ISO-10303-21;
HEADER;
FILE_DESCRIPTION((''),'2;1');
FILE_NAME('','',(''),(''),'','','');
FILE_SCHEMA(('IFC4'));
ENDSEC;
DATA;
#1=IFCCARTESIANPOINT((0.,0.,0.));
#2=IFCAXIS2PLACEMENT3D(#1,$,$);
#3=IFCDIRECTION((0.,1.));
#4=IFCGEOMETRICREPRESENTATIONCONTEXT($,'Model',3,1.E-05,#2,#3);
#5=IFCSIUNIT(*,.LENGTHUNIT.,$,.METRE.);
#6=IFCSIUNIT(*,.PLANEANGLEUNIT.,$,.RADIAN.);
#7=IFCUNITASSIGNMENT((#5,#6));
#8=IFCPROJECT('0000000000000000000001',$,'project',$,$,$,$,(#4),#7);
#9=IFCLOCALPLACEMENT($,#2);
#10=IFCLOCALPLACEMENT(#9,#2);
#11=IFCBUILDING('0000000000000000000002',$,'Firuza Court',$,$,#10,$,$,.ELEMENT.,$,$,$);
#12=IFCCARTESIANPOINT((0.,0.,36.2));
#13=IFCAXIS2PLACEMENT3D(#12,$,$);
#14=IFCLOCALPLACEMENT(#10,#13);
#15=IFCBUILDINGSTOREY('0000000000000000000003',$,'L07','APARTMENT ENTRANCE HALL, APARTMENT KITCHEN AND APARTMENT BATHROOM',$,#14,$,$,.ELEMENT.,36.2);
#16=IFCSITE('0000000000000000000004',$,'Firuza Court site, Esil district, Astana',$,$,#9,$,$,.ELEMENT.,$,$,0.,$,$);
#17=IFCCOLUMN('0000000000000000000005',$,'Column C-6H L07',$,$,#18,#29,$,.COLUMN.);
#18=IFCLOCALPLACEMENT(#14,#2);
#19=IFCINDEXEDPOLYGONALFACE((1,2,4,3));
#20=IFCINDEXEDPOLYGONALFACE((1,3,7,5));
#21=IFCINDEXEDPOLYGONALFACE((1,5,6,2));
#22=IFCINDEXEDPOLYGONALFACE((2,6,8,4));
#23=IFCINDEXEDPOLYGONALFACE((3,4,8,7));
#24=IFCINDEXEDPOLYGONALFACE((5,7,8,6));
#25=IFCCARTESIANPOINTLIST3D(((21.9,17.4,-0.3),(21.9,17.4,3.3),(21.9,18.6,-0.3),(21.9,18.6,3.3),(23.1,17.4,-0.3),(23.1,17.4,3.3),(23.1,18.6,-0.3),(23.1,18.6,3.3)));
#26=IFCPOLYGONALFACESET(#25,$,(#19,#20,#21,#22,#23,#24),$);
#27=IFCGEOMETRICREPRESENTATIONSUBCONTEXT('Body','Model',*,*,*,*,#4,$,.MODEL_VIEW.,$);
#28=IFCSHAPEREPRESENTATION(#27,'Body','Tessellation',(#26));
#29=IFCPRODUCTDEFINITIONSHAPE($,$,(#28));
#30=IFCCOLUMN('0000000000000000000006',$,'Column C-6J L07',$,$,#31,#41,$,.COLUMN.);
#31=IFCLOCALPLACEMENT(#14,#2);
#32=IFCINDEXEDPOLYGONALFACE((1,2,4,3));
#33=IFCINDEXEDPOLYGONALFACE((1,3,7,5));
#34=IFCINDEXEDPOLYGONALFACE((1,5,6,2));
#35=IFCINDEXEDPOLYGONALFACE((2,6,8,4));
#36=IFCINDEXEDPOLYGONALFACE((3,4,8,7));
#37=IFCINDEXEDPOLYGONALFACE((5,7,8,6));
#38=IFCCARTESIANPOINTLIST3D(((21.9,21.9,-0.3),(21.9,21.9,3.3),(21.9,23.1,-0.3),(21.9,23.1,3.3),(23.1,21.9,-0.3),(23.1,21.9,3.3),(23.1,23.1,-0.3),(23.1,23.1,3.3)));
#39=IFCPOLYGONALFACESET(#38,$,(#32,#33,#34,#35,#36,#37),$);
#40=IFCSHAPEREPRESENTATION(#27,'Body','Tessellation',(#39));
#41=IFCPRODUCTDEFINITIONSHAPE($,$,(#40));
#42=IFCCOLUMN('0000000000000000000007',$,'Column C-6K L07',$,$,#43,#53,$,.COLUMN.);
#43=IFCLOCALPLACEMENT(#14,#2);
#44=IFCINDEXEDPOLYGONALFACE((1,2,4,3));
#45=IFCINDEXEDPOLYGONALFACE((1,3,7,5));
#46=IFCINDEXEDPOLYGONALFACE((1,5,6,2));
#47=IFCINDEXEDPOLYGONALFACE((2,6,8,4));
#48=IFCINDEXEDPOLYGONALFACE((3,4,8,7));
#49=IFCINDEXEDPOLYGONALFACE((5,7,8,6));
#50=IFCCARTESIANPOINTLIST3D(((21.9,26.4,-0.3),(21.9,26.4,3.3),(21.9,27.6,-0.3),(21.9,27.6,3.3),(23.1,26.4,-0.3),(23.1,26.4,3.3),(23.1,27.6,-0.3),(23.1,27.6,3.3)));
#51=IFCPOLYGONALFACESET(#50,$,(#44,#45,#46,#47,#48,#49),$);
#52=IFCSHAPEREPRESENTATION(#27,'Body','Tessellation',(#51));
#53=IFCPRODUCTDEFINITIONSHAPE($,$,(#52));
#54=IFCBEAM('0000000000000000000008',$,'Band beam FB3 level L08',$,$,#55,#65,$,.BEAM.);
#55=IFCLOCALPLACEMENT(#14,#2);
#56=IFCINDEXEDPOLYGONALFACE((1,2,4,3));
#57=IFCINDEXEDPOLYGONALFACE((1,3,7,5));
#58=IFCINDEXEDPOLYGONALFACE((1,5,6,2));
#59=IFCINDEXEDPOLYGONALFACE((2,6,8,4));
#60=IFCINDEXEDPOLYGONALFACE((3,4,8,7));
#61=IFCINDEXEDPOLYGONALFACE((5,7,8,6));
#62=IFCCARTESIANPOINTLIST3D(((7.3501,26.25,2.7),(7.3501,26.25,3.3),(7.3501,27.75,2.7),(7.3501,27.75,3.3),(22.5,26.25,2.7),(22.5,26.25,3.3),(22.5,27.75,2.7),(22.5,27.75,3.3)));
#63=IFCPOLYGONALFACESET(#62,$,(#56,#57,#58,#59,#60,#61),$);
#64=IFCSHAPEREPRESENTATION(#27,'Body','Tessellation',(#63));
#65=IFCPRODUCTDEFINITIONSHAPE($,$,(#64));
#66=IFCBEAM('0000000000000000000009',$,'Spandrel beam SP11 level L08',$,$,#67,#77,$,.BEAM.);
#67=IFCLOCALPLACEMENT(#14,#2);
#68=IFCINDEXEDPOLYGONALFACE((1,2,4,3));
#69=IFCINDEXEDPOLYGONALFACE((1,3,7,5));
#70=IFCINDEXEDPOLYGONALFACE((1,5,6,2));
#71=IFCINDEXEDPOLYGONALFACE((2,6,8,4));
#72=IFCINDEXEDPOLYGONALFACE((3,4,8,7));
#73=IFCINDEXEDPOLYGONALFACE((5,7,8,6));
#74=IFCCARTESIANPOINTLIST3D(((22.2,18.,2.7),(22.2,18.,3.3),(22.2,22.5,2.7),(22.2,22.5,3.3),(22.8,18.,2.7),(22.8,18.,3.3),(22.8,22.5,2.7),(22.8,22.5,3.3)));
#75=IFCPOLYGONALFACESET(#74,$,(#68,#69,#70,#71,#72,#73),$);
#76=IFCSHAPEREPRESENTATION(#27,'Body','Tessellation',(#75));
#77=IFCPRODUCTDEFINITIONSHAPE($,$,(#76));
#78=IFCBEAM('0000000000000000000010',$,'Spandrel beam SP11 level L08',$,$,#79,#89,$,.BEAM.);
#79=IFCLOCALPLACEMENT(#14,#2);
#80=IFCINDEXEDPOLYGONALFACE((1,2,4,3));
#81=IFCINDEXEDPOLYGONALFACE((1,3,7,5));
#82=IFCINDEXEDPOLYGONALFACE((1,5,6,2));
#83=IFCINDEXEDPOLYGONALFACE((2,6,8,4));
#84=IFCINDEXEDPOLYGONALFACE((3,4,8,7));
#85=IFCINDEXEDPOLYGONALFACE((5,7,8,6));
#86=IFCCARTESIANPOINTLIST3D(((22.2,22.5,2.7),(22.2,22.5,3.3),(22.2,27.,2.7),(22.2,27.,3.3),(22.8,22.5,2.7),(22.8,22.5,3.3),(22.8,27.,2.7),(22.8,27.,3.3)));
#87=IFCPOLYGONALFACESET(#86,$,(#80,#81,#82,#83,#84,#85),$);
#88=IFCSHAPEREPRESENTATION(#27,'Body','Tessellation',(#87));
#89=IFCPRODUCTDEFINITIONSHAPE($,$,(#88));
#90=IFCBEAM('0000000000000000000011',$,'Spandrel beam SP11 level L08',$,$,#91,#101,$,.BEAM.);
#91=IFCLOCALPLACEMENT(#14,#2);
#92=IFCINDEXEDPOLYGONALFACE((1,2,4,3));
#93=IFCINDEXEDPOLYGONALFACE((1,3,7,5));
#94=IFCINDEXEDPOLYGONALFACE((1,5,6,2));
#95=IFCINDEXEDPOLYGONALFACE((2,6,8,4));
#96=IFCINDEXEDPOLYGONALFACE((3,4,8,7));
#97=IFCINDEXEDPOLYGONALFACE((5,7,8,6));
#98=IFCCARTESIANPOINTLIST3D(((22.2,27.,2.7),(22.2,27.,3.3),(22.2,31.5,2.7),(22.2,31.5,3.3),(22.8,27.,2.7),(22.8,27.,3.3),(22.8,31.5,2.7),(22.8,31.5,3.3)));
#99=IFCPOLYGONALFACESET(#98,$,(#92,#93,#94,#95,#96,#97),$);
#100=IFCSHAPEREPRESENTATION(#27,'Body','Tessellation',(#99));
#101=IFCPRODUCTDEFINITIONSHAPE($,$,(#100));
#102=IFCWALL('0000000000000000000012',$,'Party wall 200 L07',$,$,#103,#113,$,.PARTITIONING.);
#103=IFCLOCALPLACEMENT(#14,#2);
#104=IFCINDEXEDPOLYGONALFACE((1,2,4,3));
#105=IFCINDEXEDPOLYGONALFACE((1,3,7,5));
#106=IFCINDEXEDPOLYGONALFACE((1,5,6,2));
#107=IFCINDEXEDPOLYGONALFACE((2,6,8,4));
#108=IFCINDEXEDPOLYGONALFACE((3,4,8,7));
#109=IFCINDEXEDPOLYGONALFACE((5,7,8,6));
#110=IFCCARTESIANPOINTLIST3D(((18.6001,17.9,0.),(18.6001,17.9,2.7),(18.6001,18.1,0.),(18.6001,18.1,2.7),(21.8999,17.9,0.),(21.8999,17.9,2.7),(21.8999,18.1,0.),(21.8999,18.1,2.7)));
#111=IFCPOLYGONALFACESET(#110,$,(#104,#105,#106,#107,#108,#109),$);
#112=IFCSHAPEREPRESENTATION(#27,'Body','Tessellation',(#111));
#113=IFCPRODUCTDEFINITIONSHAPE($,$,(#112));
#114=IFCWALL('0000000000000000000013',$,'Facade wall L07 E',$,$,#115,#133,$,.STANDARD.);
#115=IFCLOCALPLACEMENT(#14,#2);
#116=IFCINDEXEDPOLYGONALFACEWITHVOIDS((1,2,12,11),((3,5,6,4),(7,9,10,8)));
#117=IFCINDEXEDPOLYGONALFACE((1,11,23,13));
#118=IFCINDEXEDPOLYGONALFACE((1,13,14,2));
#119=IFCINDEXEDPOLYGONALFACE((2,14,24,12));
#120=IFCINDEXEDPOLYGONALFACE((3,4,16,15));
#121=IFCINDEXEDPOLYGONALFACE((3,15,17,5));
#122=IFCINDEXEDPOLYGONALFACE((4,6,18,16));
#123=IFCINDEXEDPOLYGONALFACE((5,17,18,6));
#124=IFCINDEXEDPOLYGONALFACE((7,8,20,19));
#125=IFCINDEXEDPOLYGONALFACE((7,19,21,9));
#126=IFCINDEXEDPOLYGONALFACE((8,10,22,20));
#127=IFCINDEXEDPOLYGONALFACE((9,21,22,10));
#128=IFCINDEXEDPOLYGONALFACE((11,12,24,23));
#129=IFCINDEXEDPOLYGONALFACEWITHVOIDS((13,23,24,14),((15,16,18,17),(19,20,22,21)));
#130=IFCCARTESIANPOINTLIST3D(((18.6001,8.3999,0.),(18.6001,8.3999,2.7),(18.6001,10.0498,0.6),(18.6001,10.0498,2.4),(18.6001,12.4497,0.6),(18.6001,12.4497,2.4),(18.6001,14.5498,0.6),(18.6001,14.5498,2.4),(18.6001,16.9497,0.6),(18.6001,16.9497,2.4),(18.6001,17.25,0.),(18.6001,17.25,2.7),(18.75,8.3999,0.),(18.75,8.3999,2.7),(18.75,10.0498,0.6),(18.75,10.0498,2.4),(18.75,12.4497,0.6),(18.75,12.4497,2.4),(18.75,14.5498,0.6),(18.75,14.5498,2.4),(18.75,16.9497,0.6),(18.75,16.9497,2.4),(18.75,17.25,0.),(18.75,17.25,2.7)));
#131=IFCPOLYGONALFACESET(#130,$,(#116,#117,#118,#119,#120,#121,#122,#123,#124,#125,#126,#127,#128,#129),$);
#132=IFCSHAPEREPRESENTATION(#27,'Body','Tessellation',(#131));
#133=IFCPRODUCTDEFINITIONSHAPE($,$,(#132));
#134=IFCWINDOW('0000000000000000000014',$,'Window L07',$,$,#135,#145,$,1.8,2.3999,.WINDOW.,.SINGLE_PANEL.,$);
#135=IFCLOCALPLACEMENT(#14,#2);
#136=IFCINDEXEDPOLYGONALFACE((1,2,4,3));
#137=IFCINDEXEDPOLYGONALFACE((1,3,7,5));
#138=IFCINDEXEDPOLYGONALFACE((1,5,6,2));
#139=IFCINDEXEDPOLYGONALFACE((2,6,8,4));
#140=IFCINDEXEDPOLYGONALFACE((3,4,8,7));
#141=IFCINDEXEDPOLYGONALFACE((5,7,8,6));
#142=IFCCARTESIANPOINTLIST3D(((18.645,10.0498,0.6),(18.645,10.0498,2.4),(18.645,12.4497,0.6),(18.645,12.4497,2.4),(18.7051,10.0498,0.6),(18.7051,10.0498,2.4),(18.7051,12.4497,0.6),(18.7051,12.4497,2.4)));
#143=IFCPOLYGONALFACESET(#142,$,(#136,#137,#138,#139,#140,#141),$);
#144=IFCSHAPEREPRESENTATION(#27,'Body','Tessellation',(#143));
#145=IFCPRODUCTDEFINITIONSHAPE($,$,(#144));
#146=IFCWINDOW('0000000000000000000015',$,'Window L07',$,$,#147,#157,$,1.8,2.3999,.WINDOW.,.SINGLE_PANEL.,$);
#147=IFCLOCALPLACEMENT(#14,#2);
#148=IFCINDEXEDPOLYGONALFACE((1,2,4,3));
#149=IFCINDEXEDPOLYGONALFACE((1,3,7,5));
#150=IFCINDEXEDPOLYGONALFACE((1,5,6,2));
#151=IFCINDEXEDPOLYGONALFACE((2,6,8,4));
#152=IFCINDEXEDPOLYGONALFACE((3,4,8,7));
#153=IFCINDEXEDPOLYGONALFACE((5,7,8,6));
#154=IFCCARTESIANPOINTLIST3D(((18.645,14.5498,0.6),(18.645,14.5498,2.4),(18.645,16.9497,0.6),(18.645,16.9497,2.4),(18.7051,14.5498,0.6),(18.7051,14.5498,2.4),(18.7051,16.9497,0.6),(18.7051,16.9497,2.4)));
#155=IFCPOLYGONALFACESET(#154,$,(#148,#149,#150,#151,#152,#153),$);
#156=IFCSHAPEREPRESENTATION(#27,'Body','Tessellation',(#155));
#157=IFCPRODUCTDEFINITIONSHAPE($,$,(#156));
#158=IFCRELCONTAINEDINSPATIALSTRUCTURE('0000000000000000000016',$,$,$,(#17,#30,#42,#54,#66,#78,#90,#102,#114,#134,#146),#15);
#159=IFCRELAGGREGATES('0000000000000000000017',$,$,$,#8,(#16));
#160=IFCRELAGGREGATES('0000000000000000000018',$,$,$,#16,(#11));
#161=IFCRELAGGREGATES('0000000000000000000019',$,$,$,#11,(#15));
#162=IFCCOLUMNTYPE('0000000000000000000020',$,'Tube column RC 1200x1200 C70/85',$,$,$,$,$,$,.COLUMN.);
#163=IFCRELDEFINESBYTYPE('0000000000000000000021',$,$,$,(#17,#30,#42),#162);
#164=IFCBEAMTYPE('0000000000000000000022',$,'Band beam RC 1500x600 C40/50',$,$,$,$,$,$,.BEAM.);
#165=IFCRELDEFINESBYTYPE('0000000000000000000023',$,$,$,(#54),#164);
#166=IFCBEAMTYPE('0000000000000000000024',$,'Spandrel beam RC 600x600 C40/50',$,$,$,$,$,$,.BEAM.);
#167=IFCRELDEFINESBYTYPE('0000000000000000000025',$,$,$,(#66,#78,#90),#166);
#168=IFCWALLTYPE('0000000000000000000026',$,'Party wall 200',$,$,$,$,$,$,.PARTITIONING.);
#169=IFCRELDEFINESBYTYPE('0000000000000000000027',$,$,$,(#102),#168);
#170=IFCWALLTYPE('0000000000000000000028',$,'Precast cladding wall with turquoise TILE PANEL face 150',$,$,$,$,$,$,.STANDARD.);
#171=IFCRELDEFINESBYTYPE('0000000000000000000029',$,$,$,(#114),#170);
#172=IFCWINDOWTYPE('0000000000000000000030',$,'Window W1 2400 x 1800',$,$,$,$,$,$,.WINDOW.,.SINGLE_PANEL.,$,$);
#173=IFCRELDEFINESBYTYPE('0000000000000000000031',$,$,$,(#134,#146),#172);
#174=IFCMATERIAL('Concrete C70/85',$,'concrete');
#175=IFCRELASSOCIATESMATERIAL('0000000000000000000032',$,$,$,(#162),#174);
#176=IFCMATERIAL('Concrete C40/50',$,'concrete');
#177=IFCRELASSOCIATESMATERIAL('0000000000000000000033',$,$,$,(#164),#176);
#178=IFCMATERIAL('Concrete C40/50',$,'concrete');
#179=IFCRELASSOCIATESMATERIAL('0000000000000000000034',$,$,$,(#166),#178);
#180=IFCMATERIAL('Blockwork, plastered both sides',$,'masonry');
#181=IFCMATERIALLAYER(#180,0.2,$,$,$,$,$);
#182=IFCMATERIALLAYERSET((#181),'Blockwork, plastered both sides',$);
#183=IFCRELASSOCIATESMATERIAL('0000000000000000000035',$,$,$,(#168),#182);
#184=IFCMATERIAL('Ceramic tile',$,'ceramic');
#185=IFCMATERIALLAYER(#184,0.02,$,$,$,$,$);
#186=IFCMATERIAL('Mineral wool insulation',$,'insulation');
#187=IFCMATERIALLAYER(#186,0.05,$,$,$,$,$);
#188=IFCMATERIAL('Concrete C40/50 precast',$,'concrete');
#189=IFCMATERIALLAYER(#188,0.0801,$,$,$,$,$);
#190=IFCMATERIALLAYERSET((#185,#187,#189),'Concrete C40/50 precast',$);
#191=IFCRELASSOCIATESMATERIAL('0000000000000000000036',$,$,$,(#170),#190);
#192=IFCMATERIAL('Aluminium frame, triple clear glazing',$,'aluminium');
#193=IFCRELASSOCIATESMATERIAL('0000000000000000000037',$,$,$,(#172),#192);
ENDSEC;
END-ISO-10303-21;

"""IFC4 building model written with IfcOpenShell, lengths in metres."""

from ifc_helpers import new_model, si_unit, direction, frame, frame_2d, origin, origin_2d, place, context, subcontext, project, spatial, rectangle, extrude, material, layer, layer_set, material_profile, profile_set, type_object, element, fill, save


model = new_model("IFC4")

# Units and contexts
model_context = context("Model", 3, precision=1e-05, world=origin(), true_north=direction((0.0, 1.0)))
body_context = subcontext(model_context, "Body", "Model", "MODEL_VIEW")
ifc_project = project(units=[si_unit("LENGTHUNIT", "METRE"), si_unit("PLANEANGLEUNIT", "RADIAN")], contexts=[model_context])

# Site, building, storey
site_placement = place(None, origin())
site = spatial("IfcSite", under=ifc_project, at=site_placement, Name="Firuza Court site, Esil district, Astana", CompositionType="ELEMENT", RefElevation=0.0)
building_placement = place(site_placement, origin())
building = spatial("IfcBuilding", under=site, at=building_placement, Name="Firuza Court", CompositionType="ELEMENT")
storey_placement = place(building_placement, frame((0.0, 0.0, 36.2)))
storey = spatial("IfcBuildingStorey", under=building, at=storey_placement, Name="L07", Description="APARTMENT ENTRANCE HALL, APARTMENT KITCHEN AND APARTMENT BATHROOM", CompositionType="ELEMENT", Elevation=36.2)

# Columns
ifc_material_1 = material(Name="Concrete C70/85", Category="concrete")
ifc_material_profile_1 = material_profile(ifc_material_1, rectangle(XDim=1.2, YDim=1.2, at=origin_2d()), Name="RC 1200x1200")
ifc_profile_set_1 = profile_set([ifc_material_profile_1], Name="Concrete C70/85")
column_type = type_object("IfcColumnType", Name="Tube column RC 1200x1200 C70/85", PredefinedType="COLUMN", material=ifc_profile_set_1)
for number, where, z_axis, x_axis, name in (
    (1, (22.5, 18.0, -0.3), (0.0, 0.0, 1.0), (1.0, 0.0, 0.0), "Column C-6H L07"),
    (2, (22.5, 22.5, -0.3), (0.0, 0.0, 1.0), (1.0, 0.0, 0.0), "Column C-6J L07"),
    (3, (22.5, 27.0, -0.3), (0.0, 0.0, 1.0), (1.0, 0.0, 0.0), "Column C-6K L07"),
):
    element("IfcColumn", number, at=place(storey_placement, frame(where, z_axis=z_axis, x_axis=x_axis)), inside=storey, type_object=column_type, Name=name, PredefinedType="COLUMN", context=body_context, shape_type="SweptSolid", body=[
        extrude(rectangle(XDim=1.2, YDim=1.2, at=origin_2d()), origin(), (0.0, 0.0, 1.0), 3.6001),
    ])

# Beams
ifc_material_2 = material(Name="Concrete C40/50", Category="concrete")
ifc_material_profile_2 = material_profile(ifc_material_2, rectangle(XDim=1.5, YDim=0.6001, at=origin_2d()), Name="RC 1500x600")
ifc_profile_set_2 = profile_set([ifc_material_profile_2], Name="Concrete C40/50")
beam_type_1 = type_object("IfcBeamType", Name="Band beam RC 1500x600 C40/50", PredefinedType="BEAM", material=ifc_profile_set_2)
beam_placement = place(storey_placement, frame((22.5, 27.0, 3.0), z_axis=(-1.0, 0.0, 0.0), x_axis=(0.0, -1.0, 0.0)))
element("IfcBeam", 4, at=beam_placement, inside=storey, type_object=beam_type_1, Name="Band beam FB3 level L08", PredefinedType="BEAM", context=body_context, shape_type="SweptSolid", body=[
    extrude(rectangle(XDim=1.5, YDim=0.6001, at=origin_2d()), origin(), (0.0, 0.0, 1.0), 15.1499),
])
ifc_material_3 = material(Name="Concrete C40/50", Category="concrete")
ifc_material_profile_3 = material_profile(ifc_material_3, rectangle(XDim=0.6001, YDim=0.6001, at=origin_2d()), Name="RC 600x600")
ifc_profile_set_3 = profile_set([ifc_material_profile_3], Name="Concrete C40/50")
beam_type_2 = type_object("IfcBeamType", Name="Spandrel beam RC 600x600 C40/50", PredefinedType="BEAM", material=ifc_profile_set_3)
for number, where, z_axis, x_axis, name in (
    (5, (22.5, 18.0, 3.0), (0.0, 1.0, 0.0), (-1.0, 0.0, 0.0), "Spandrel beam SP11 level L08"),
    (6, (22.5, 22.5, 3.0), (0.0, 1.0, 0.0), (-1.0, 0.0, 0.0), "Spandrel beam SP11 level L08"),
    (7, (22.5, 27.0, 3.0), (0.0, 1.0, 0.0), (-1.0, 0.0, 0.0), "Spandrel beam SP11 level L08"),
):
    element("IfcBeam", number, at=place(storey_placement, frame(where, z_axis=z_axis, x_axis=x_axis)), inside=storey, type_object=beam_type_2, Name=name, PredefinedType="BEAM", context=body_context, shape_type="SweptSolid", body=[
        extrude(rectangle(XDim=0.6001, YDim=0.6001, at=origin_2d()), origin(), (0.0, 0.0, 1.0), 4.5),
    ])

# Wall
ifc_material_4 = material(Name="Blockwork, plastered both sides", Category="masonry")
ifc_layer_1 = layer(ifc_material_4, 0.2)
ifc_layer_set_1 = layer_set([ifc_layer_1], Name="Blockwork, plastered both sides")
wall_type_1 = type_object("IfcWallType", Name="Party wall 200", PredefinedType="PARTITIONING", material=ifc_layer_set_1)
wall_1_placement = place(storey_placement, frame((18.6001, 18.0, 0.0), z_axis=(0.0, 0.0, 1.0), x_axis=(1.0, 0.0, 0.0)))
element("IfcWall", 8, at=wall_1_placement, inside=storey, type_object=wall_type_1, Name="Party wall 200 L07", PredefinedType="PARTITIONING", context=body_context, shape_type="SweptSolid", body=[
    extrude(rectangle(XDim=3.2998, YDim=0.2, at=frame_2d((1.6499, 0.0))), origin(), (0.0, 0.0, 1.0), 2.7),
])

# Wall, openings, windows
ifc_material_5 = material(Name="Ceramic tile", Category="ceramic")
ifc_layer_2 = layer(ifc_material_5, 0.02)
ifc_material_6 = material(Name="Mineral wool insulation", Category="insulation")
ifc_layer_3 = layer(ifc_material_6, 0.05)
ifc_material_7 = material(Name="Concrete C40/50 precast", Category="concrete")
ifc_layer_4 = layer(ifc_material_7, 0.0801)
ifc_layer_set_2 = layer_set([ifc_layer_2, ifc_layer_3, ifc_layer_4], Name="Concrete C40/50 precast")
wall_type_2 = type_object("IfcWallType", Name="Precast cladding wall with turquoise TILE PANEL face 150", PredefinedType="STANDARD", material=ifc_layer_set_2)
wall_2_placement = place(storey_placement, frame((18.675, 8.3999, 0.0), z_axis=(0.0, 0.0, 1.0), x_axis=(0.0, 1.0, 0.0)))
wall_2 = element("IfcWall", 9, at=wall_2_placement, inside=storey, type_object=wall_type_2, Name="Facade wall L07 E", PredefinedType="STANDARD", context=body_context, shape_type="SweptSolid", body=[
    extrude(rectangle(XDim=8.8501, YDim=0.1499, at=frame_2d((4.425, 0.0))), origin(), (0.0, 0.0, 1.0), 2.7),
])
opening_1_placement = place(wall_2_placement, frame((1.6499, 0.0, 0.6001)))
opening_1 = element("IfcOpeningElement", 10, at=opening_1_placement, cuts=wall_2, PredefinedType="OPENING", context=body_context, shape_type="SweptSolid", body=[
    extrude(rectangle(XDim=2.3999, YDim=1.8, at=frame_2d((1.2, 0.8999))), frame((0.0, 0.0869, 0.0), z_axis=(0.0, -1.0, 0.0), x_axis=(1.0, 0.0, 0.0)), (0.0, 0.0, 1.0), 0.1738),
])
opening_2_placement = place(wall_2_placement, frame((6.1499, 0.0, 0.6001)))
opening_2 = element("IfcOpeningElement", 11, at=opening_2_placement, cuts=wall_2, PredefinedType="OPENING", context=body_context, shape_type="SweptSolid", body=[
    extrude(rectangle(XDim=2.3999, YDim=1.8, at=frame_2d((1.2, 0.8999))), frame((0.0, 0.0869, 0.0), z_axis=(0.0, -1.0, 0.0), x_axis=(1.0, 0.0, 0.0)), (0.0, 0.0, 1.0), 0.1738),
])
ifc_material_8 = material(Name="Aluminium frame, triple clear glazing", Category="aluminium")
window_type_1 = type_object("IfcWindowType", Name="Window W1 2400 x 1800", PartitioningType="SINGLE_PANEL", PredefinedType="WINDOW", material=ifc_material_8)
window_1_placement = place(opening_1_placement, origin())
window_1 = element("IfcWindow", 12, at=window_1_placement, inside=storey, type_object=window_type_1, Name="Window L07", OverallHeight=1.8, OverallWidth=2.3999, PartitioningType="SINGLE_PANEL", PredefinedType="WINDOW", context=body_context, shape_type="SweptSolid", body=[
    extrude(rectangle(XDim=2.3999, YDim=1.8, at=frame_2d((1.2, 0.8999))), frame((0.0, 0.03, 0.0), z_axis=(0.0, -1.0, 0.0), x_axis=(1.0, 0.0, 0.0)), (0.0, 0.0, 1.0), 0.0601),
])
fill(opening_1, window_1)
window_2_placement = place(opening_2_placement, origin())
window_2 = element("IfcWindow", 13, at=window_2_placement, inside=storey, type_object=window_type_1, Name="Window L07", OverallHeight=1.8, OverallWidth=2.3999, PartitioningType="SINGLE_PANEL", PredefinedType="WINDOW", context=body_context, shape_type="SweptSolid", body=[
    extrude(rectangle(XDim=2.3999, YDim=1.8, at=frame_2d((1.2, 0.8999))), frame((0.0, 0.03, 0.0), z_axis=(0.0, -1.0, 0.0), x_axis=(1.0, 0.0, 0.0)), (0.0, 0.0, 1.0), 0.0601),
])
fill(opening_2, window_2)

save(model, "model.ifc")
